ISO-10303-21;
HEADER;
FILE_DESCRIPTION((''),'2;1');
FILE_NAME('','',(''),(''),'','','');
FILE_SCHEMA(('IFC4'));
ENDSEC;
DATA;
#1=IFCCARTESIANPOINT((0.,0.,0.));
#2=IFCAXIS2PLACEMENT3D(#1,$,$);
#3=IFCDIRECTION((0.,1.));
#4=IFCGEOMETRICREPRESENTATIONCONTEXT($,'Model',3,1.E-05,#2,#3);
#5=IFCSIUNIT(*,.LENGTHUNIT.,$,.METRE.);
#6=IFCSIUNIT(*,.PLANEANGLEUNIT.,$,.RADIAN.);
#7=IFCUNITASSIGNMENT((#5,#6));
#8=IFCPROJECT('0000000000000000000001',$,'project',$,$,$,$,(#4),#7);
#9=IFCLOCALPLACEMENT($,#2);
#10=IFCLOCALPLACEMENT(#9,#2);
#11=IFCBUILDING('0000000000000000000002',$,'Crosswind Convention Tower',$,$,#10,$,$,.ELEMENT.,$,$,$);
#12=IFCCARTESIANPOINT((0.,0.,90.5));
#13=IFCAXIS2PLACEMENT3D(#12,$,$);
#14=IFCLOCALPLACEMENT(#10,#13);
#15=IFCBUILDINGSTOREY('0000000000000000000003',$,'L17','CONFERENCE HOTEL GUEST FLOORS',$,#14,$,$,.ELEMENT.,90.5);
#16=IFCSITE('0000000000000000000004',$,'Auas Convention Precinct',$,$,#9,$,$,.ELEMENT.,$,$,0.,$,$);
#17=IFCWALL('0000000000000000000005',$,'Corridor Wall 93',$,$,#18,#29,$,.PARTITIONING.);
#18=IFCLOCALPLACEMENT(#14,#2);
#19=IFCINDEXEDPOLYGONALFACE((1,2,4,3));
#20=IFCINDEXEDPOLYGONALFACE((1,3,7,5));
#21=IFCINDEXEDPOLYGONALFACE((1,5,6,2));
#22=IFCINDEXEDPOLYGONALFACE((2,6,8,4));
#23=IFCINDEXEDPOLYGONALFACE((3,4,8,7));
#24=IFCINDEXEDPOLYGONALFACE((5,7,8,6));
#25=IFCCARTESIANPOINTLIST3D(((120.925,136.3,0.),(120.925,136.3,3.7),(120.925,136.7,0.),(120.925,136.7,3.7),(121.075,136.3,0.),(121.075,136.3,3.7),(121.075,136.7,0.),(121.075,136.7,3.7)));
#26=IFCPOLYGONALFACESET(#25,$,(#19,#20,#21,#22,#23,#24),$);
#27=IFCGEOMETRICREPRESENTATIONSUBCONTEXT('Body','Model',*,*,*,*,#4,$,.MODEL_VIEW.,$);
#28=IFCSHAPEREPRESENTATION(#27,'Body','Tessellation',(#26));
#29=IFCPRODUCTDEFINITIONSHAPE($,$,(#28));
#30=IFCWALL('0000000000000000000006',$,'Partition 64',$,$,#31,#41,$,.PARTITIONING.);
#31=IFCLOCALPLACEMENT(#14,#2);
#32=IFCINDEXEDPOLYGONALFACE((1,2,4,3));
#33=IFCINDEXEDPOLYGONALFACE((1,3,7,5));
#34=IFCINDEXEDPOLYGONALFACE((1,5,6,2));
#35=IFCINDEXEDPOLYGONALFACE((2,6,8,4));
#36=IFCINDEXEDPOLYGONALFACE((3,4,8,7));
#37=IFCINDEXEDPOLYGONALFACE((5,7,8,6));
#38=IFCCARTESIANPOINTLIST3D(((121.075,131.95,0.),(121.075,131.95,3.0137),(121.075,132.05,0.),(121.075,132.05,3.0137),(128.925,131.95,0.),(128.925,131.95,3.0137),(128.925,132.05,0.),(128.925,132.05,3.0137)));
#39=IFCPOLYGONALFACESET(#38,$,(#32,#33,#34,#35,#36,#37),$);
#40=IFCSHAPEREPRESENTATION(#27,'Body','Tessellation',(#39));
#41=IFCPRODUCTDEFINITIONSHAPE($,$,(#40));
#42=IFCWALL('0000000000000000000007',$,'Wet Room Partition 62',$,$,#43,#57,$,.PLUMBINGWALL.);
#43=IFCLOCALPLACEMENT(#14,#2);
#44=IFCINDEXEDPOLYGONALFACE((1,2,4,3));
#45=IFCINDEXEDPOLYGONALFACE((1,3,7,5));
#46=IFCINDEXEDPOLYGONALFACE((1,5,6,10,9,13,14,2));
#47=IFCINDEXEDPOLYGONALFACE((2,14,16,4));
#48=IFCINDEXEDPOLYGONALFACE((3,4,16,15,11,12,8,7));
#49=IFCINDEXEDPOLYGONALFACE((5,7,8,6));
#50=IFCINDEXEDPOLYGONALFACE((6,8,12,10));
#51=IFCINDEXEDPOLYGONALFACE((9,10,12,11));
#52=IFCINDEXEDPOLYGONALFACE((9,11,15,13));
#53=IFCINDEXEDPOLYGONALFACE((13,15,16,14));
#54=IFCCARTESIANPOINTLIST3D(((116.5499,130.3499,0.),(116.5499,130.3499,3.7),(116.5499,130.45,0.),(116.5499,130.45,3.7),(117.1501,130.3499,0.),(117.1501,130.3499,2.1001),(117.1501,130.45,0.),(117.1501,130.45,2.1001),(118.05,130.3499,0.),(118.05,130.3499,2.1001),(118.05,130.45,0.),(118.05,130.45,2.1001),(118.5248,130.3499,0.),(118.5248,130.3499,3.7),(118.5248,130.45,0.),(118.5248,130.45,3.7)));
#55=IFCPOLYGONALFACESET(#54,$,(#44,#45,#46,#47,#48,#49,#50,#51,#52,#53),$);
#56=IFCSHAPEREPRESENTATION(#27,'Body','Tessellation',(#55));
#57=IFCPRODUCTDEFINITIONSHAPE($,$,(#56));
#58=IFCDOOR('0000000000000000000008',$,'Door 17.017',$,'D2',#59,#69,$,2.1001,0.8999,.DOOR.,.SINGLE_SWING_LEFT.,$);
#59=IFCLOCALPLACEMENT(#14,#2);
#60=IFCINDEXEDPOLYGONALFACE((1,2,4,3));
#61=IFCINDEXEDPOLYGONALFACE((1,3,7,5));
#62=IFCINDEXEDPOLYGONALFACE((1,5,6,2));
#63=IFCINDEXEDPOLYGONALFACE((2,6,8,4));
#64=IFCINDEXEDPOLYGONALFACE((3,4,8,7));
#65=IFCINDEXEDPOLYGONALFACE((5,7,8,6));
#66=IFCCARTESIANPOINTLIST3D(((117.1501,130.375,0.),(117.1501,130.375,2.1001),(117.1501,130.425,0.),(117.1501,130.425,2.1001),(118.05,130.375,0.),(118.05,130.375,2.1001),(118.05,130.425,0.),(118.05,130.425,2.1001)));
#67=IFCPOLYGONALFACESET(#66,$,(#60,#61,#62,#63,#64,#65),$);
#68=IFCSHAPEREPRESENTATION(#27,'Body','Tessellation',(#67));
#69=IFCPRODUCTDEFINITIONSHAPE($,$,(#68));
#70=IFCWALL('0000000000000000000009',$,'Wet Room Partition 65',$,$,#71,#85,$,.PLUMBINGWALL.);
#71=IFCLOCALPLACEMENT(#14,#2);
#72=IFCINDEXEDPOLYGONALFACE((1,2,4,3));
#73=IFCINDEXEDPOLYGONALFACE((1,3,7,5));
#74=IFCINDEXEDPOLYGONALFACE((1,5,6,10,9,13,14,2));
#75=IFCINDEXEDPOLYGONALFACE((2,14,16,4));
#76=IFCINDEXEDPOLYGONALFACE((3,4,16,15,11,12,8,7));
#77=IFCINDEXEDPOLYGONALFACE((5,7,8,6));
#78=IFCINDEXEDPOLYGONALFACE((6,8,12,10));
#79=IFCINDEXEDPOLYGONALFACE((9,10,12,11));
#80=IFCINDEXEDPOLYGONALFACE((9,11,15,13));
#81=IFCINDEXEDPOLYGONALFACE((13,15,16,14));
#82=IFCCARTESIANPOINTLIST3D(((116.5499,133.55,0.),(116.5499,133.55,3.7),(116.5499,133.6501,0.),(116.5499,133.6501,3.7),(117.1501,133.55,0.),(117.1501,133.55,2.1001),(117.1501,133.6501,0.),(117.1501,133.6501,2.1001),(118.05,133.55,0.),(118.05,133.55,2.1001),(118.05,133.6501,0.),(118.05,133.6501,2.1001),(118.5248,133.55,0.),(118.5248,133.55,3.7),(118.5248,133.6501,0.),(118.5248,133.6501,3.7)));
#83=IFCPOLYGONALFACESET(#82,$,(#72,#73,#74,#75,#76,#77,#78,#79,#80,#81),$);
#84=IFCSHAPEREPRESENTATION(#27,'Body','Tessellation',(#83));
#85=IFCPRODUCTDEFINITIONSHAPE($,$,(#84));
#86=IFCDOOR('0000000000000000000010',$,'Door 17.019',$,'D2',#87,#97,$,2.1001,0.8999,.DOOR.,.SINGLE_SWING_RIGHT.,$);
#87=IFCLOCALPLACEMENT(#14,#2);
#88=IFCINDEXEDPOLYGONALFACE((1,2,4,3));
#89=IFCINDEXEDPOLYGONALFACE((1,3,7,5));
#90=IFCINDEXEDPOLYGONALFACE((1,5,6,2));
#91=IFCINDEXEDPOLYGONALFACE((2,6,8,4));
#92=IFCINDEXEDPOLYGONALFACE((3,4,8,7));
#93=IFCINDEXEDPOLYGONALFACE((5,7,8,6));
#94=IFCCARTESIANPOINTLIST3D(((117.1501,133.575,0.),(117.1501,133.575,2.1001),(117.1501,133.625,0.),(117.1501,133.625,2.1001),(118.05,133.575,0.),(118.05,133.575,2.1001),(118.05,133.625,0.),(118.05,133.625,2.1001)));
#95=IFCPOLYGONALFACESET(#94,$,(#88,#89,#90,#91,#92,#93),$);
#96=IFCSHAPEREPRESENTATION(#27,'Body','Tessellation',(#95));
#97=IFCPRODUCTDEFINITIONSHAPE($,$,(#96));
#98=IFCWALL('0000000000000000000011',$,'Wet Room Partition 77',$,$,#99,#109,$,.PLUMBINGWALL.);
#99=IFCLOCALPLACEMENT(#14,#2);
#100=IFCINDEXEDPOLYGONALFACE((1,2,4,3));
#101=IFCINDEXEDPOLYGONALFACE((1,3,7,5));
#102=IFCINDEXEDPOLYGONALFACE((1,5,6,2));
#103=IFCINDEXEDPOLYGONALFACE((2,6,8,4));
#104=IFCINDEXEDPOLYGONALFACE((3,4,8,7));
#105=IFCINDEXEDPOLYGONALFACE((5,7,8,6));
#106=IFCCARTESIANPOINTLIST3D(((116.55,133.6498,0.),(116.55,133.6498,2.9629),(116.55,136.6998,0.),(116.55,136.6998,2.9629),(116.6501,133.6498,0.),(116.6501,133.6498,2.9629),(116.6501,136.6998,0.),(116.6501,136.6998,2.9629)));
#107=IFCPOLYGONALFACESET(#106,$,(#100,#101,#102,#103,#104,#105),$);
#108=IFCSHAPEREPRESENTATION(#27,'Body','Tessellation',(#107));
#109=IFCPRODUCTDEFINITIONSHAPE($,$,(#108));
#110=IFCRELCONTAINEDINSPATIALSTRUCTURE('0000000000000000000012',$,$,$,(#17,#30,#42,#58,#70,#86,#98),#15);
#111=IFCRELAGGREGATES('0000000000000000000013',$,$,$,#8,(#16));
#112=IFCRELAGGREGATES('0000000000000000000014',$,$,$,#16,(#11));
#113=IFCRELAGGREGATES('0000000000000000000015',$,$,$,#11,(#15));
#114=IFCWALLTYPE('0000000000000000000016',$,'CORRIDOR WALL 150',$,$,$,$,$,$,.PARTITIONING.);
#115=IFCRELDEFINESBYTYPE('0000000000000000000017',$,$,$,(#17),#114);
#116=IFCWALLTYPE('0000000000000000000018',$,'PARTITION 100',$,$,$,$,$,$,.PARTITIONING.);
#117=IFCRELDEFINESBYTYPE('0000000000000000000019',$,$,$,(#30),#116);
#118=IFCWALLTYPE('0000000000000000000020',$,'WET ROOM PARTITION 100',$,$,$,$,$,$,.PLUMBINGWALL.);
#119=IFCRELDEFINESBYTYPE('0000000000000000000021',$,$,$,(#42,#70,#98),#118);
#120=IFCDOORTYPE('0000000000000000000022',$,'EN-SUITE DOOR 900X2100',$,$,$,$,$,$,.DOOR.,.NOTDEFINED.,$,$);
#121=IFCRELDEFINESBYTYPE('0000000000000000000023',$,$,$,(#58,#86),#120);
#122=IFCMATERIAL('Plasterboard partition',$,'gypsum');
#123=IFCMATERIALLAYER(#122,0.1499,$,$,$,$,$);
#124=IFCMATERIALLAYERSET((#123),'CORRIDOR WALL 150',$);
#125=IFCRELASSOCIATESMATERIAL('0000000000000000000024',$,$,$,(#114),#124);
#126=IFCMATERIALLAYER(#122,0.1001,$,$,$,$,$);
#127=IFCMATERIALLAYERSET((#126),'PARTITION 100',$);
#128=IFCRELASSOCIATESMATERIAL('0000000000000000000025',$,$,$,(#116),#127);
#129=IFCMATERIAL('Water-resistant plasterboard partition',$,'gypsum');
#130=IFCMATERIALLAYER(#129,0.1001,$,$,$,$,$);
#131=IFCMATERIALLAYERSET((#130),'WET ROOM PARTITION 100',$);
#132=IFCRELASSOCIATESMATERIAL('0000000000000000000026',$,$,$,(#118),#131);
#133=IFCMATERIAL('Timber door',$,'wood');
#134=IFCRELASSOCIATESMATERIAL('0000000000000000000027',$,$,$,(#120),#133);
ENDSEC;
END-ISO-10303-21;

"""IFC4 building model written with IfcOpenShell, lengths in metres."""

from ifc_helpers import new_model, si_unit, direction, frame, frame_2d, origin, place, context, subcontext, project, spatial, rectangle, extrude, material, layer, layer_set, type_object, element, fill, save


model = new_model("IFC4")

# Units and contexts
model_context = context("Model", 3, precision=1e-05, world=origin(), true_north=direction((0.0, 1.0)))
body_context = subcontext(model_context, "Body", "Model", "MODEL_VIEW")
ifc_project = project(units=[si_unit("LENGTHUNIT", "METRE"), si_unit("PLANEANGLEUNIT", "RADIAN")], contexts=[model_context])

# Site, building, storey
site_placement = place(None, origin())
site = spatial("IfcSite", under=ifc_project, at=site_placement, Name="Auas Convention Precinct", CompositionType="ELEMENT", RefElevation=0.0)
building_placement = place(site_placement, origin())
building = spatial("IfcBuilding", under=site, at=building_placement, Name="Crosswind Convention Tower", CompositionType="ELEMENT")
storey_placement = place(building_placement, frame((0.0, 0.0, 90.5)))
storey = spatial("IfcBuildingStorey", under=building, at=storey_placement, Name="L17", Description="CONFERENCE HOTEL GUEST FLOORS", CompositionType="ELEMENT", Elevation=90.5)

# Shared definitions
ifc_material_1 = material(Name="Plasterboard partition", Category="gypsum")
ifc_layer_1 = layer(ifc_material_1, 0.1499)
ifc_layer_set_1 = layer_set([ifc_layer_1], Name="CORRIDOR WALL 150")
wall_type_1 = type_object("IfcWallType", Name="CORRIDOR WALL 150", PredefinedType="PARTITIONING", material=ifc_layer_set_1)

# Walls
wall_1_placement = place(storey_placement, frame((121.0, 136.3, 0.0), z_axis=(0.0, 0.0, 1.0), x_axis=(0.0, 1.0, 0.0)))
element("IfcWall", 1, at=wall_1_placement, inside=storey, type_object=wall_type_1, Name="Corridor Wall 93", PredefinedType="PARTITIONING", context=body_context, shape_type="SweptSolid", body=[
    extrude(rectangle(XDim=0.3999, YDim=0.1499, at=frame_2d((0.2, 0.0))), origin(), (0.0, 0.0, 1.0), 3.7),
])
ifc_layer_2 = layer(ifc_material_1, 0.1001)
ifc_layer_set_2 = layer_set([ifc_layer_2], Name="PARTITION 100")
wall_type_2 = type_object("IfcWallType", Name="PARTITION 100", PredefinedType="PARTITIONING", material=ifc_layer_set_2)
wall_2_placement = place(storey_placement, frame((121.075, 132.0, 0.0), z_axis=(0.0, 0.0, 1.0), x_axis=(1.0, 0.0, 0.0)))
element("IfcWall", 2, at=wall_2_placement, inside=storey, type_object=wall_type_2, Name="Partition 64", PredefinedType="PARTITIONING", context=body_context, shape_type="SweptSolid", body=[
    extrude(rectangle(XDim=7.8501, YDim=0.1001, at=frame_2d((3.925, 0.0))), origin(), (0.0, 0.0, 1.0), 3.0137),
])

# Walls, openings, doors
ifc_material_2 = material(Name="Water-resistant plasterboard partition", Category="gypsum")
ifc_layer_3 = layer(ifc_material_2, 0.1001)
ifc_layer_set_3 = layer_set([ifc_layer_3], Name="WET ROOM PARTITION 100")
wall_type_3 = type_object("IfcWallType", Name="WET ROOM PARTITION 100", PredefinedType="PLUMBINGWALL", material=ifc_layer_set_3)
wall_3_placement = place(storey_placement, frame((116.55, 130.3999, 0.0), z_axis=(0.0, 0.0, 1.0), x_axis=(1.0, 0.0, 0.0)))
wall_3 = element("IfcWall", 3, at=wall_3_placement, inside=storey, type_object=wall_type_3, Name="Wet Room Partition 62", PredefinedType="PLUMBINGWALL", context=body_context, shape_type="SweptSolid", body=[
    extrude(rectangle(XDim=1.9749, YDim=0.1001, at=frame_2d((0.9873, 0.0))), origin(), (0.0, 0.0, 1.0), 3.7),
])
opening_1_placement = place(wall_3_placement, frame((0.6001, 0.0, 0.0)))
opening_1 = element("IfcOpeningElement", 4, at=opening_1_placement, cuts=wall_3, PredefinedType="OPENING", context=body_context, shape_type="SweptSolid", body=[
    extrude(rectangle(XDim=0.8999, YDim=2.1001, at=frame_2d((0.45, 1.05))), frame((0.0, 0.0601, 0.0), z_axis=(0.0, -1.0, 0.0), x_axis=(1.0, 0.0, 0.0)), (0.0, 0.0, 1.0), 0.1201),
])
ifc_material_3 = material(Name="Timber door", Category="wood")
door_type_1 = type_object("IfcDoorType", Name="EN-SUITE DOOR 900X2100", OperationType="NOTDEFINED", PredefinedType="DOOR", material=ifc_material_3)
door_1_placement = place(opening_1_placement, frame((0.8999, 0.0, 0.0), z_axis=(0.0, 0.0, 1.0), x_axis=(-1.0, 0.0, 0.0)))
door_1 = element("IfcDoor", 5, at=door_1_placement, inside=storey, type_object=door_type_1, Name="Door 17.017", ObjectType="D2", OperationType="SINGLE_SWING_LEFT", OverallHeight=2.1001, OverallWidth=0.8999, PredefinedType="DOOR", context=body_context, shape_type="SweptSolid", body=[
    extrude(rectangle(XDim=0.8999, YDim=2.1001, at=frame_2d((0.45, 1.05))), frame((0.0, 0.0249, 0.0), z_axis=(0.0, -1.0, 0.0), x_axis=(1.0, 0.0, 0.0)), (0.0, 0.0, 1.0), 0.05),
])
fill(opening_1, door_1)
wall_4_placement = place(storey_placement, frame((116.55, 133.6001, 0.0), z_axis=(0.0, 0.0, 1.0), x_axis=(1.0, 0.0, 0.0)))
wall_4 = element("IfcWall", 6, at=wall_4_placement, inside=storey, type_object=wall_type_3, Name="Wet Room Partition 65", PredefinedType="PLUMBINGWALL", context=body_context, shape_type="SweptSolid", body=[
    extrude(rectangle(XDim=1.9749, YDim=0.1001, at=frame_2d((0.9873, 0.0))), origin(), (0.0, 0.0, 1.0), 3.7),
])
opening_2_placement = place(wall_4_placement, frame((0.6001, 0.0, 0.0)))
opening_2 = element("IfcOpeningElement", 7, at=opening_2_placement, cuts=wall_4, PredefinedType="OPENING", context=body_context, shape_type="SweptSolid", body=[
    extrude(rectangle(XDim=0.8999, YDim=2.1001, at=frame_2d((0.45, 1.05))), frame((0.0, 0.0601, 0.0), z_axis=(0.0, -1.0, 0.0), x_axis=(1.0, 0.0, 0.0)), (0.0, 0.0, 1.0), 0.1201),
])
door_2_placement = place(opening_2_placement, origin())
door_2 = element("IfcDoor", 8, at=door_2_placement, inside=storey, type_object=door_type_1, Name="Door 17.019", ObjectType="D2", OperationType="SINGLE_SWING_RIGHT", OverallHeight=2.1001, OverallWidth=0.8999, PredefinedType="DOOR", context=body_context, shape_type="SweptSolid", body=[
    extrude(rectangle(XDim=0.8999, YDim=2.1001, at=frame_2d((0.45, 1.05))), frame((0.0, 0.0249, 0.0), z_axis=(0.0, -1.0, 0.0), x_axis=(1.0, 0.0, 0.0)), (0.0, 0.0, 1.0), 0.05),
])
fill(opening_2, door_2)

# Wall
wall_5_placement = place(storey_placement, frame((116.6001, 133.6499, 0.0), z_axis=(0.0, 0.0, 1.0), x_axis=(0.0, 1.0, 0.0)))
element("IfcWall", 9, at=wall_5_placement, inside=storey, type_object=wall_type_3, Name="Wet Room Partition 77", PredefinedType="PLUMBINGWALL", context=body_context, shape_type="SweptSolid", body=[
    extrude(rectangle(XDim=3.05, YDim=0.1001, at=frame_2d((1.5249, 0.0))), origin(), (0.0, 0.0, 1.0), 2.9629),
])

save(model, "model.ifc")
